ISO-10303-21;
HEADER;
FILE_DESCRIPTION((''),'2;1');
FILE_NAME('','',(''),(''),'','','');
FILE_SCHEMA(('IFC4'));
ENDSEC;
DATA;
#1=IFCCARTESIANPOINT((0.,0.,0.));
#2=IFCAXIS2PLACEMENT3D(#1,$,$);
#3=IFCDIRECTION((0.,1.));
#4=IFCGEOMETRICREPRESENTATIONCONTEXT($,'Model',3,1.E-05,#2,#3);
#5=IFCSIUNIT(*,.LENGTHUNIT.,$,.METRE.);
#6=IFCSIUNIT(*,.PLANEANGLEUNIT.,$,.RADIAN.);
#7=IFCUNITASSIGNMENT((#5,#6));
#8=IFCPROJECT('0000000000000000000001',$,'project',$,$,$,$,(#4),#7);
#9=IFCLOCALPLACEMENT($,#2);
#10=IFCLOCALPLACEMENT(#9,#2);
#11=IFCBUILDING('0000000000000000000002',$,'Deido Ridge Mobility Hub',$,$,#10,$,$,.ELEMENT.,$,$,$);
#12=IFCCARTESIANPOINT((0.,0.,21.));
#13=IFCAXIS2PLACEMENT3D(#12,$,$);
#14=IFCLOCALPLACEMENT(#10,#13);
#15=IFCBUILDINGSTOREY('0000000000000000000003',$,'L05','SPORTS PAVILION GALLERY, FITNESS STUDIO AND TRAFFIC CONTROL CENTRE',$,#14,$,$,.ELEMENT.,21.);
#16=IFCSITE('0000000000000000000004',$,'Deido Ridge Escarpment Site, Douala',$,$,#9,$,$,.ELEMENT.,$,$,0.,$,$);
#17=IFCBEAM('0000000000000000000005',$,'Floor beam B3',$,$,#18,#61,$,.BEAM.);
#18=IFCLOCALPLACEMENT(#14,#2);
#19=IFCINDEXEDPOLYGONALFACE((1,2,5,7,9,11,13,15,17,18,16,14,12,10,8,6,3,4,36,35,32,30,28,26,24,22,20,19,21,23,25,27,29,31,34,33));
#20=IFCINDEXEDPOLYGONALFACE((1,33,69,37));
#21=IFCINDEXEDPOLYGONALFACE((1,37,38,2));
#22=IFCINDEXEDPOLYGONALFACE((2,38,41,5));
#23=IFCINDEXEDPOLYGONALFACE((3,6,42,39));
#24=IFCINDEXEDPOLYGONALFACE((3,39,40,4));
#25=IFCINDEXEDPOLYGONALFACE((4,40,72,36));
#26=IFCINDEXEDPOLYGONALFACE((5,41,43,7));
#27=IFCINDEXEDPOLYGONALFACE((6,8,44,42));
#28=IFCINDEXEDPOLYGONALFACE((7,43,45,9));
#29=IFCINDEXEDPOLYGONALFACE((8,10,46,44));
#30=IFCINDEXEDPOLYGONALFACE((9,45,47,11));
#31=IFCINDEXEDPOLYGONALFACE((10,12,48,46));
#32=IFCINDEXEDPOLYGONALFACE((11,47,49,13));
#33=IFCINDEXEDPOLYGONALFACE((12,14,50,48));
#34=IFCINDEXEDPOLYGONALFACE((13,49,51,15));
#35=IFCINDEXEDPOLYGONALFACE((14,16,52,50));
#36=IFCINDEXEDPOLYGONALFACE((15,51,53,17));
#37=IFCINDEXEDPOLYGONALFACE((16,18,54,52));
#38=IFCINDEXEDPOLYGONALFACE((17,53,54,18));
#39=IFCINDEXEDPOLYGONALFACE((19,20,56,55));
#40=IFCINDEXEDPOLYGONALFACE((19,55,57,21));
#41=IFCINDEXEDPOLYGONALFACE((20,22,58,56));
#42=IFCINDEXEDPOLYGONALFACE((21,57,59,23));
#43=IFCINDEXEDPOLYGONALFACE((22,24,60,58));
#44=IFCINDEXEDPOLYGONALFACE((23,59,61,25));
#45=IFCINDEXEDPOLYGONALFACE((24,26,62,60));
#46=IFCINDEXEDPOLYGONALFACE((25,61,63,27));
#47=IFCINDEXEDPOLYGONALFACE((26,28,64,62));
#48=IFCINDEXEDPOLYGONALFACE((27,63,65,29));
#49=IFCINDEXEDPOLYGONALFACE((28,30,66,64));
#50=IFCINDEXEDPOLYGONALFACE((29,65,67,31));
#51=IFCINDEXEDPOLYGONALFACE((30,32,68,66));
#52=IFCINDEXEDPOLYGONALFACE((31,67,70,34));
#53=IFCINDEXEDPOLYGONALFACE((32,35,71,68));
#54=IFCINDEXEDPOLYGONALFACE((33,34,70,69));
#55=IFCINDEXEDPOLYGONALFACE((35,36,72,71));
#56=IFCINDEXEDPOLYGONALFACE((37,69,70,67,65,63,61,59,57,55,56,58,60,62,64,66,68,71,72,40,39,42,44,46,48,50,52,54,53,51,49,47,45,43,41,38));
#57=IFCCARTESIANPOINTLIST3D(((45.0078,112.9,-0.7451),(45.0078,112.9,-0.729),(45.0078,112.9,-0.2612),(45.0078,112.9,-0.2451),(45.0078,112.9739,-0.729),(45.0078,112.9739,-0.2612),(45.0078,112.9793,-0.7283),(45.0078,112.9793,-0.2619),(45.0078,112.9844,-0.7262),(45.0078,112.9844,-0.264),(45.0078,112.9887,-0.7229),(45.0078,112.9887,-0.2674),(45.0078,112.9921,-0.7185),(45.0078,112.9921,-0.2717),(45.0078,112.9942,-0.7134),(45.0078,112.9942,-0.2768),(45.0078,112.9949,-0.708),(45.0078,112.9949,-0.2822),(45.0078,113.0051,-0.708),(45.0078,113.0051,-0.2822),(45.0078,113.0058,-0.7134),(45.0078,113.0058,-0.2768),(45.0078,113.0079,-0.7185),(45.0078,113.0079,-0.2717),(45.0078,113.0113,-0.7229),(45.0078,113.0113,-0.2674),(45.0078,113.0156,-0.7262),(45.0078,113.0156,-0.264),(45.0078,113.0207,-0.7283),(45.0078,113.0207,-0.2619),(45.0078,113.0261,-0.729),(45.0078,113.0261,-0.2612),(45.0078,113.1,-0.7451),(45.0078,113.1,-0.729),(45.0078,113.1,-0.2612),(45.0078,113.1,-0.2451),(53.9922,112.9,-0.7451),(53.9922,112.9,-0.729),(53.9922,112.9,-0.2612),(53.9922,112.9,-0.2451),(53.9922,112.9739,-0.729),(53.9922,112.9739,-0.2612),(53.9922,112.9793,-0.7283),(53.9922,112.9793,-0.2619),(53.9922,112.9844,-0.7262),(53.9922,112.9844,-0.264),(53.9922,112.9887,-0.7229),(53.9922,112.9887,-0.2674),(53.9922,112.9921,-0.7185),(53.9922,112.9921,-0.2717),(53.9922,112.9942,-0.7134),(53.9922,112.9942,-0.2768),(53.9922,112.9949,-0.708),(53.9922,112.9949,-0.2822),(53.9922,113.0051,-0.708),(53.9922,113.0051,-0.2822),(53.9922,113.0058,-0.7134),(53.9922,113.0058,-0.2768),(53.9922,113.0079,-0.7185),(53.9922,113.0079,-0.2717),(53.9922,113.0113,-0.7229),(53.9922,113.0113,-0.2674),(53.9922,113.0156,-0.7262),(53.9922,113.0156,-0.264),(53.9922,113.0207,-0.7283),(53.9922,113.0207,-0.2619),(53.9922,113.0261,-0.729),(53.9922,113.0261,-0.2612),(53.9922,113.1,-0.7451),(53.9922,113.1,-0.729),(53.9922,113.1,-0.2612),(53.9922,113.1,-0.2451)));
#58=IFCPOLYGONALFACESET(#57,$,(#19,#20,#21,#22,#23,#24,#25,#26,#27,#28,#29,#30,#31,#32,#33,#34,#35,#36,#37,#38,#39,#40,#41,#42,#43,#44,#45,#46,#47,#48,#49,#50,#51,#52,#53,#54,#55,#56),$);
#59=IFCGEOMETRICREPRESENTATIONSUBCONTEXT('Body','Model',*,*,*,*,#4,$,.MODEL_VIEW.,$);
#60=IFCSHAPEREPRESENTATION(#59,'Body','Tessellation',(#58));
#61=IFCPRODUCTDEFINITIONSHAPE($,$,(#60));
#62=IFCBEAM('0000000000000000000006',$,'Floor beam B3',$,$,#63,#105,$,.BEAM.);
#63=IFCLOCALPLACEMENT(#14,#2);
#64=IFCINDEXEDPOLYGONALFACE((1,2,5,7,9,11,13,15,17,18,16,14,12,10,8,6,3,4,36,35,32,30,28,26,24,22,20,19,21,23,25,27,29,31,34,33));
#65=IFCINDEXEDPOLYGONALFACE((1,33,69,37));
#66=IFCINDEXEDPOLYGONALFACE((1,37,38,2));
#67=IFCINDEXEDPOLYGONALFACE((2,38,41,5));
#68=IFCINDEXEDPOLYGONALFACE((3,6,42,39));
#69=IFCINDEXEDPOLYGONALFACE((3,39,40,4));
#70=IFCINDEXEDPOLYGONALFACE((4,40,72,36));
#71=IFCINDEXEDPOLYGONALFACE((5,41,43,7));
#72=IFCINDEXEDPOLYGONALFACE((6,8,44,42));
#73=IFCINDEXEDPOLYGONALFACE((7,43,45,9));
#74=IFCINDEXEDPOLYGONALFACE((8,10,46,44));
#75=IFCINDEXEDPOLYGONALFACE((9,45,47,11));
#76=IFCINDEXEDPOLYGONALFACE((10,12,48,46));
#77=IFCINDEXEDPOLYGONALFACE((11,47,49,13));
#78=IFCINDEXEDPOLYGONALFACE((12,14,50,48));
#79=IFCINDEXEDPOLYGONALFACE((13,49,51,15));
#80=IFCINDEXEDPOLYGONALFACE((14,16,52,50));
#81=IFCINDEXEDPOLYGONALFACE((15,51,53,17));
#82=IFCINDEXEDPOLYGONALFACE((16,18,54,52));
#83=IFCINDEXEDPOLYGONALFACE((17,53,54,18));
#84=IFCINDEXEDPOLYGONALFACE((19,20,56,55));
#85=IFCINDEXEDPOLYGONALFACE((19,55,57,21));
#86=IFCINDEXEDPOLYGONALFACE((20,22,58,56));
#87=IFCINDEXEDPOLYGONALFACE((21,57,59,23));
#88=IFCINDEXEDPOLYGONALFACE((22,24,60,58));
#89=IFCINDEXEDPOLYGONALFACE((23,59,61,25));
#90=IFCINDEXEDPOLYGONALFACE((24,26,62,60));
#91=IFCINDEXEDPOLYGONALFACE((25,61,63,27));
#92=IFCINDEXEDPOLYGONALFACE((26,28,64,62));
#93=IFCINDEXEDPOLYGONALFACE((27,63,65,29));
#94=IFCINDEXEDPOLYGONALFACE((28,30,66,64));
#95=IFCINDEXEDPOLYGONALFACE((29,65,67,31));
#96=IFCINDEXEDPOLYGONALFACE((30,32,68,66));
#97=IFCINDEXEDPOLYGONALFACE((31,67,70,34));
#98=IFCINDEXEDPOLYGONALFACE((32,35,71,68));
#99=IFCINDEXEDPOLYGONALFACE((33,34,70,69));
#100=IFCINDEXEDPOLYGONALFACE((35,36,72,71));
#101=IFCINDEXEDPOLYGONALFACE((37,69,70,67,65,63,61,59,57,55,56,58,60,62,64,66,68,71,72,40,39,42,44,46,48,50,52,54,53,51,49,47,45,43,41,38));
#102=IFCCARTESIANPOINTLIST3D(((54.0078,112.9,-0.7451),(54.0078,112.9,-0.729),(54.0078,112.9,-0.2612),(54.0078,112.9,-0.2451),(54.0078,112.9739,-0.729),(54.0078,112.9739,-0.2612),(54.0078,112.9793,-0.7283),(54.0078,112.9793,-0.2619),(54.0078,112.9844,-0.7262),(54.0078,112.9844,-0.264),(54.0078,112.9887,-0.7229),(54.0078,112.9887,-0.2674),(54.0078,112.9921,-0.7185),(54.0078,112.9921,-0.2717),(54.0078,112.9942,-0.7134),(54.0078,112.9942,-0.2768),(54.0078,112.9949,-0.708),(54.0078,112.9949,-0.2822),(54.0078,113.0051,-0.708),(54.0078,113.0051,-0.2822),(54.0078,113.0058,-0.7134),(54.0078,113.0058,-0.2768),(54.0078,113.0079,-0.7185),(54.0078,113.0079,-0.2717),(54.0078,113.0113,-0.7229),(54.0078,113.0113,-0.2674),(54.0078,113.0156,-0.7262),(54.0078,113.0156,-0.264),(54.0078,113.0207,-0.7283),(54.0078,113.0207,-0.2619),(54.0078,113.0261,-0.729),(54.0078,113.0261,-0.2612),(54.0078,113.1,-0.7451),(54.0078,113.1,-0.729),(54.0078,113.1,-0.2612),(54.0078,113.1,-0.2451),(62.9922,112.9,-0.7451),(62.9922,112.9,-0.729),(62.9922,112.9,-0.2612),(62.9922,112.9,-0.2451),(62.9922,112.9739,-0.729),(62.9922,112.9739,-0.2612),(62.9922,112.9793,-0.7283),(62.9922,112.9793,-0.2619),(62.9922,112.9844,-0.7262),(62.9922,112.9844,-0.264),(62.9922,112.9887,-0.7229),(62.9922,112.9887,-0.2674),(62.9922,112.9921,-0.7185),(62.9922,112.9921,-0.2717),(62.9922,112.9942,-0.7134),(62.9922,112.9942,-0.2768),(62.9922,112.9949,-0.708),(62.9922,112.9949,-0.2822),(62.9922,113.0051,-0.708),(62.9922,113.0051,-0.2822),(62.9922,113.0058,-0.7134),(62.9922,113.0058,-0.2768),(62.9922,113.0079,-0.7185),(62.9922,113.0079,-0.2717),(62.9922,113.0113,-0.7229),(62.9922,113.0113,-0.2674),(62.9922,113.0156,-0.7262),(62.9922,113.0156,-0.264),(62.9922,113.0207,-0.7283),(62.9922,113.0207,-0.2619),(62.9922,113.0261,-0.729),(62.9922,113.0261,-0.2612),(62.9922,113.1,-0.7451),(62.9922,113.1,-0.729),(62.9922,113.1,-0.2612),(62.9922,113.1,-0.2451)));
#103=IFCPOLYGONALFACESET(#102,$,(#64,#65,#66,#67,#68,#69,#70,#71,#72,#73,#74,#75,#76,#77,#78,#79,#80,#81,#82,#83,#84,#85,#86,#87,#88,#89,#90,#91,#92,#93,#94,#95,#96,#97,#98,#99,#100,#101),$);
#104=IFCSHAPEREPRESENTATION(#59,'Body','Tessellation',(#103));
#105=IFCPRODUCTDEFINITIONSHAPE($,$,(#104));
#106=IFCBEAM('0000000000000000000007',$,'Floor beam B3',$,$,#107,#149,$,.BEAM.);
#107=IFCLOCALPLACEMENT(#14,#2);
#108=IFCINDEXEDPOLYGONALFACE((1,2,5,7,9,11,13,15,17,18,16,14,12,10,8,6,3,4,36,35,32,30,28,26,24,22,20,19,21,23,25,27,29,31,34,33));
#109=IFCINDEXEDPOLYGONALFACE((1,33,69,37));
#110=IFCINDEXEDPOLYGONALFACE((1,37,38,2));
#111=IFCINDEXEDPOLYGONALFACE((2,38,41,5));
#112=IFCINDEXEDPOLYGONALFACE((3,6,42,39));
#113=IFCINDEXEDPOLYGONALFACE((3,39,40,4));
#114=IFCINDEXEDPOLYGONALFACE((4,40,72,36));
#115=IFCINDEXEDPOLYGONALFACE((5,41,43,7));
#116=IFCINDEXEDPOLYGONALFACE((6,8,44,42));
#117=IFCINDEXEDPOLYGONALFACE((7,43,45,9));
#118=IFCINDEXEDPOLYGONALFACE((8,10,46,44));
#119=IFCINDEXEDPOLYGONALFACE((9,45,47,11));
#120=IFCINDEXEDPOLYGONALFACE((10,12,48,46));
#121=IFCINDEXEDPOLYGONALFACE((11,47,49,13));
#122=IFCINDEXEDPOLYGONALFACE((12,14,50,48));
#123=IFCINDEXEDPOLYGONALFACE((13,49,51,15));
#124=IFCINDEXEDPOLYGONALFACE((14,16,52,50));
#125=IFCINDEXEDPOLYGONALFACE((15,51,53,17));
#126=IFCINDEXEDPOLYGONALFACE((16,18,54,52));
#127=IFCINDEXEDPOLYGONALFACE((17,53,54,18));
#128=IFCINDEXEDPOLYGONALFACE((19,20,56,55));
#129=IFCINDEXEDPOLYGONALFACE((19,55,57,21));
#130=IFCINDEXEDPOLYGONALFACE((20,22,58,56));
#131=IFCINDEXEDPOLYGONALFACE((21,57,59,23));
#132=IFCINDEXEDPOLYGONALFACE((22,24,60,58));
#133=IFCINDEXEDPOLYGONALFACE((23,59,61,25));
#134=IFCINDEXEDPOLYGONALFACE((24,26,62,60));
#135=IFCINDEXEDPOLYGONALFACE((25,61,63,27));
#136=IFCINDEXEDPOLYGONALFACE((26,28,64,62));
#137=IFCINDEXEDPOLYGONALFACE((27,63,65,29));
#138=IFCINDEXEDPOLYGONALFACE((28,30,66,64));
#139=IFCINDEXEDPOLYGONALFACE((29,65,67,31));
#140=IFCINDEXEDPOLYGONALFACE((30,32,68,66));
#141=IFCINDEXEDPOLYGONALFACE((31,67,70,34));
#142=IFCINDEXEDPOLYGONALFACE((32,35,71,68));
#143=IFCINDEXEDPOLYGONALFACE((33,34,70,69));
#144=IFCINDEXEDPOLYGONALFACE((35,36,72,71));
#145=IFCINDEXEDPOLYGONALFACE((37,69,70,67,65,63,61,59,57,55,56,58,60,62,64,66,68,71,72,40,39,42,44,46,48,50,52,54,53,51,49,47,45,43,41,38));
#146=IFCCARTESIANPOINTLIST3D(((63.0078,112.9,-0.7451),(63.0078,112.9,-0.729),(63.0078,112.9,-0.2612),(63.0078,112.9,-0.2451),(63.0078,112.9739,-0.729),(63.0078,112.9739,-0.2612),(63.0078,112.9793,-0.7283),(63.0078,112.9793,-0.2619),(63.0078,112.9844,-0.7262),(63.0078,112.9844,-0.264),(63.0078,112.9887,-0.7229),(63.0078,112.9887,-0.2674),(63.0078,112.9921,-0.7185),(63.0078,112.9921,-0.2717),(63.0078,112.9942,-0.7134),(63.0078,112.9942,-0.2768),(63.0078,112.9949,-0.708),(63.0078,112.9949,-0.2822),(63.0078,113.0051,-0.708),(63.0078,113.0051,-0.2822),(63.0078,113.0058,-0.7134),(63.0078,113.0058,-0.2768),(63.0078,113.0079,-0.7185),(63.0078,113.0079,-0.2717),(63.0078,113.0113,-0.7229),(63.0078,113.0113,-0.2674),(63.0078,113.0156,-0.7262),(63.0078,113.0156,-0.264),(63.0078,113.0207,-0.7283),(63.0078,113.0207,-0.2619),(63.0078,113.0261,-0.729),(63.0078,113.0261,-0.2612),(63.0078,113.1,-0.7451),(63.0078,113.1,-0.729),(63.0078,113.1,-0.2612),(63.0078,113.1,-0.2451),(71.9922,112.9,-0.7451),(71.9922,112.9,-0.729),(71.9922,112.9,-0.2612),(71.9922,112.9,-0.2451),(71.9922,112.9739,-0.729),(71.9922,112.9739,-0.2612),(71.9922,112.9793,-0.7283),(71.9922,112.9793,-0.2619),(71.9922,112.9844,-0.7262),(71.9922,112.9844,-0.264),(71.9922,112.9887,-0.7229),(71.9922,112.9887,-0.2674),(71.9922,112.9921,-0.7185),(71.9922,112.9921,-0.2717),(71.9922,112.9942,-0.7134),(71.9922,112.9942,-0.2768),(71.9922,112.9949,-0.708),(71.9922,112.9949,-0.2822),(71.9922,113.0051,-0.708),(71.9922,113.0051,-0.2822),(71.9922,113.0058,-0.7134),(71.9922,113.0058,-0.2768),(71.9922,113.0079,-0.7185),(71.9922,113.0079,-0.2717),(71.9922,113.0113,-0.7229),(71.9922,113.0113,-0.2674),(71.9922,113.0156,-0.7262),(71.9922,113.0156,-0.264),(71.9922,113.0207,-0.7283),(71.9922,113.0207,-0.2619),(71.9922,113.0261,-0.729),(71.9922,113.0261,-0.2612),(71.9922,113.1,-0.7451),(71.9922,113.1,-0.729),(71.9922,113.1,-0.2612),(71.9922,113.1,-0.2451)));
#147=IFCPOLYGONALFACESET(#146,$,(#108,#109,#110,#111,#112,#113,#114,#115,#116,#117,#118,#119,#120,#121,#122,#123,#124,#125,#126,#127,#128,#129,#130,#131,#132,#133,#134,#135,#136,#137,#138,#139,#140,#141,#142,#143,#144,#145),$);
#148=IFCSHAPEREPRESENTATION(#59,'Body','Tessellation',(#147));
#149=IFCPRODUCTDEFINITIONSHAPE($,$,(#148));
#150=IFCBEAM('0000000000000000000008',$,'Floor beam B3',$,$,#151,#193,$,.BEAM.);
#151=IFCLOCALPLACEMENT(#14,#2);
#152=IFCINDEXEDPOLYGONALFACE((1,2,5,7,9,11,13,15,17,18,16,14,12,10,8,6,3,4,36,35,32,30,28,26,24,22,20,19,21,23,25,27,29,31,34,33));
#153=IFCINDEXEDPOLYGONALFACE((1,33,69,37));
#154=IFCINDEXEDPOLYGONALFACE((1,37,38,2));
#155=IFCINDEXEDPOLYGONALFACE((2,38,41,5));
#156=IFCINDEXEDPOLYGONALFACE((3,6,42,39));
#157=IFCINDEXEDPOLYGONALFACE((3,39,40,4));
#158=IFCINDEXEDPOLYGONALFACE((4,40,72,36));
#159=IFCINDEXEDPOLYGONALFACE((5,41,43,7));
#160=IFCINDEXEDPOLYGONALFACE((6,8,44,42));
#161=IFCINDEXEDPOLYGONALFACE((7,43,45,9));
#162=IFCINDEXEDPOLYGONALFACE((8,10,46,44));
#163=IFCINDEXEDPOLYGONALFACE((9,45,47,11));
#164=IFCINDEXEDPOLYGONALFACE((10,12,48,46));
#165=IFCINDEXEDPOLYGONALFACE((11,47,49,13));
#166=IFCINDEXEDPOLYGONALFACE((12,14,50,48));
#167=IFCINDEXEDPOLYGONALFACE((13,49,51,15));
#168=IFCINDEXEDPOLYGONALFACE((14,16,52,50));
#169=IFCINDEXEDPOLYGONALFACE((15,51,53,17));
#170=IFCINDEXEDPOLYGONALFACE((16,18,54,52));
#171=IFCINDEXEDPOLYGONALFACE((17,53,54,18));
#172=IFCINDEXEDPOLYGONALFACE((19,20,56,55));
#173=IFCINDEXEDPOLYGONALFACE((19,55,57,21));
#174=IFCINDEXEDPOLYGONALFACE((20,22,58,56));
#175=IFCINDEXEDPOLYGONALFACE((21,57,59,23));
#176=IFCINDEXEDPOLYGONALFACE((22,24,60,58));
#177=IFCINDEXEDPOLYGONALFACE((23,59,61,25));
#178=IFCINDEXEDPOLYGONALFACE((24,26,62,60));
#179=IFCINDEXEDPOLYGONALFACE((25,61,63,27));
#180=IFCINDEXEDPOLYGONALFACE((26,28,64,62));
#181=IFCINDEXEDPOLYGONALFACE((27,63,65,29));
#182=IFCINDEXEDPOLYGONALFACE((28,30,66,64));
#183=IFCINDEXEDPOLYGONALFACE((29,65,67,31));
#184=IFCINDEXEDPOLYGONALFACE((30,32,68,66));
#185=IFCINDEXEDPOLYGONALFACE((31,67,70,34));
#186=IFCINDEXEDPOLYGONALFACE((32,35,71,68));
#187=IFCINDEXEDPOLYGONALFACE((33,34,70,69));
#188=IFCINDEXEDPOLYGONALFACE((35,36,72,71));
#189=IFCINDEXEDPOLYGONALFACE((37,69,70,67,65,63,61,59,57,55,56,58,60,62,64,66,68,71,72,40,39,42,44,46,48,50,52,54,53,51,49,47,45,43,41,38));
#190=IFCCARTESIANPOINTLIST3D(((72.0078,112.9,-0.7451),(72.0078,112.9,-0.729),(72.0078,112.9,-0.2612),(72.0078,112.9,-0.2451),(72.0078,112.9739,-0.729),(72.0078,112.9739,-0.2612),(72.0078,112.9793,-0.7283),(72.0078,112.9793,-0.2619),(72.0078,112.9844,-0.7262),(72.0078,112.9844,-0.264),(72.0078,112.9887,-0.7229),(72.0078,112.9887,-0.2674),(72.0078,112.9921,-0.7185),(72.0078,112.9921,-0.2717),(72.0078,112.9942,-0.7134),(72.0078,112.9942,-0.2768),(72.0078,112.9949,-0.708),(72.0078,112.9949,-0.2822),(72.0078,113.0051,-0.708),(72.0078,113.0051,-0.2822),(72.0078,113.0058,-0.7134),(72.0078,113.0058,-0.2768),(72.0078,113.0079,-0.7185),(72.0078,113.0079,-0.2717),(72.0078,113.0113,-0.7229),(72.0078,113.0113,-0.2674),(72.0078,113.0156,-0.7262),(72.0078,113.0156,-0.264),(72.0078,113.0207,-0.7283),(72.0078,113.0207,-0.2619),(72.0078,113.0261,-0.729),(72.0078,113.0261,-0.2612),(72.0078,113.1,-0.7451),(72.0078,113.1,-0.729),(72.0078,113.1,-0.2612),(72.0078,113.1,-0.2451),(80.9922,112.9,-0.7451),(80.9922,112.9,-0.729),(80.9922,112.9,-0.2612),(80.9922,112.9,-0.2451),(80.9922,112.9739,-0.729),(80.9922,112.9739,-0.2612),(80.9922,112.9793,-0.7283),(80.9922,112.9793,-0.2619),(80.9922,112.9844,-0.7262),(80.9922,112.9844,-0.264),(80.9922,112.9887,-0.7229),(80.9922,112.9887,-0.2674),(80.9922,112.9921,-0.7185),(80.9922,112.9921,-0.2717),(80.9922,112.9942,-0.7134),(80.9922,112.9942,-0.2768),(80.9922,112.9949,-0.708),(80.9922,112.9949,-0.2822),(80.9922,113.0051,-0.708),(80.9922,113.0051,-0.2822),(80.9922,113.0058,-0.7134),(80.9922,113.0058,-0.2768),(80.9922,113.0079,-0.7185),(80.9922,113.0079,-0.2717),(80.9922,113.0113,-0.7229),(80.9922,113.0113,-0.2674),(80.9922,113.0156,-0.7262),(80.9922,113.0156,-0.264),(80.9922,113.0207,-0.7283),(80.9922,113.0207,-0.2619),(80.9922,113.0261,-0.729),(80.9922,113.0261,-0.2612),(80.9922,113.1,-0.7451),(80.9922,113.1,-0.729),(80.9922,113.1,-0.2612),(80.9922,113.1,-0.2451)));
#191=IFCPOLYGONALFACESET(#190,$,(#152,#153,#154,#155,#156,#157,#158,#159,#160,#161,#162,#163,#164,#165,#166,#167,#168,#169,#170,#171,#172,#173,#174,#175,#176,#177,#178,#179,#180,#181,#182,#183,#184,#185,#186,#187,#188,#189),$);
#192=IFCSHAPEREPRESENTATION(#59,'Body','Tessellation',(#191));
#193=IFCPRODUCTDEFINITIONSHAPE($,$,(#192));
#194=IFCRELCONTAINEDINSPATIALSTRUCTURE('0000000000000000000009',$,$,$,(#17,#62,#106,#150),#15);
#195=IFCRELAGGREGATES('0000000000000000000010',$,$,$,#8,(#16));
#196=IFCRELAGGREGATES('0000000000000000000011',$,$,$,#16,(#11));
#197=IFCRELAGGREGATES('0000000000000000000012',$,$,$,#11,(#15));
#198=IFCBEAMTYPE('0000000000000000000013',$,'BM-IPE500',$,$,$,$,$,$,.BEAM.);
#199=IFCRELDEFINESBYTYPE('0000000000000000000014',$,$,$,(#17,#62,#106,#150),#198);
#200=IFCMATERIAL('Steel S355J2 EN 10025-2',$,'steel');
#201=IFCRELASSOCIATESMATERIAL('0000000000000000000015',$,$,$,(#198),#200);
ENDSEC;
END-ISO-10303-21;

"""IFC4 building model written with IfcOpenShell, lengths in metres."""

from ifc_helpers import new_model, si_unit, direction, frame, origin, origin_2d, place, context, subcontext, project, spatial, i_section, extrude, material, material_profile, profile_set, type_object, element, save


model = new_model("IFC4")

# Units and contexts
model_context = context("Model", 3, precision=1e-05, world=origin(), true_north=direction((0.0, 1.0)))
body_context = subcontext(model_context, "Body", "Model", "MODEL_VIEW")
ifc_project = project(units=[si_unit("LENGTHUNIT", "METRE"), si_unit("PLANEANGLEUNIT", "RADIAN")], contexts=[model_context])

# Site, building, storey
site_placement = place(None, origin())
site = spatial("IfcSite", under=ifc_project, at=site_placement, Name="Deido Ridge Escarpment Site, Douala", CompositionType="ELEMENT", RefElevation=0.0)
building_placement = place(site_placement, origin())
building = spatial("IfcBuilding", under=site, at=building_placement, Name="Deido Ridge Mobility Hub", CompositionType="ELEMENT")
storey_placement = place(building_placement, frame((0.0, 0.0, 21.0)))
storey = spatial("IfcBuildingStorey", under=building, at=storey_placement, Name="L05", Description="SPORTS PAVILION GALLERY, FITNESS STUDIO AND TRAFFIC CONTROL CENTRE", CompositionType="ELEMENT", Elevation=21.0)

# Beams
ifc_material = material(Name="Steel S355J2 EN 10025-2", Category="steel")
ifc_material_profile_1 = material_profile(ifc_material, i_section(OverallWidth=0.2, OverallDepth=0.5, WebThickness=0.0103, FlangeThickness=0.0161, FilletRadius=0.021, at=origin_2d()), Name="IPE 500")
ifc_profile_set_1 = profile_set([ifc_material_profile_1], Name="Steel S355J2 EN 10025-2")
beam_type_1 = type_object("IfcBeamType", Name="BM-IPE500", PredefinedType="BEAM", material=ifc_profile_set_1)
for number, where, z_axis, x_axis, name in (
    (1, (45.0078, 113.0, -0.4951), (1.0, 0.0, 0.0), (0.0, 1.0, 0.0), "Floor beam B3"),
    (2, (54.0078, 113.0, -0.4951), (1.0, 0.0, 0.0), (0.0, 1.0, 0.0), "Floor beam B3"),
    (3, (63.0078, 113.0, -0.4951), (1.0, 0.0, 0.0), (0.0, 1.0, 0.0), "Floor beam B3"),
    (4, (72.0078, 113.0, -0.4951), (1.0, 0.0, 0.0), (0.0, 1.0, 0.0), "Floor beam B3"),
):
    element("IfcBeam", number, at=place(storey_placement, frame(where, z_axis=z_axis, x_axis=x_axis)), inside=storey, type_object=beam_type_1, Name=name, PredefinedType="BEAM", context=body_context, shape_type="SweptSolid", body=[
        extrude(i_section(OverallWidth=0.2, OverallDepth=0.5, WebThickness=0.0103, FlangeThickness=0.0161, FilletRadius=0.021, at=origin_2d()), origin(), (0.0, 0.0, 1.0), 8.9844),
    ])

save(model, "model.ifc")
